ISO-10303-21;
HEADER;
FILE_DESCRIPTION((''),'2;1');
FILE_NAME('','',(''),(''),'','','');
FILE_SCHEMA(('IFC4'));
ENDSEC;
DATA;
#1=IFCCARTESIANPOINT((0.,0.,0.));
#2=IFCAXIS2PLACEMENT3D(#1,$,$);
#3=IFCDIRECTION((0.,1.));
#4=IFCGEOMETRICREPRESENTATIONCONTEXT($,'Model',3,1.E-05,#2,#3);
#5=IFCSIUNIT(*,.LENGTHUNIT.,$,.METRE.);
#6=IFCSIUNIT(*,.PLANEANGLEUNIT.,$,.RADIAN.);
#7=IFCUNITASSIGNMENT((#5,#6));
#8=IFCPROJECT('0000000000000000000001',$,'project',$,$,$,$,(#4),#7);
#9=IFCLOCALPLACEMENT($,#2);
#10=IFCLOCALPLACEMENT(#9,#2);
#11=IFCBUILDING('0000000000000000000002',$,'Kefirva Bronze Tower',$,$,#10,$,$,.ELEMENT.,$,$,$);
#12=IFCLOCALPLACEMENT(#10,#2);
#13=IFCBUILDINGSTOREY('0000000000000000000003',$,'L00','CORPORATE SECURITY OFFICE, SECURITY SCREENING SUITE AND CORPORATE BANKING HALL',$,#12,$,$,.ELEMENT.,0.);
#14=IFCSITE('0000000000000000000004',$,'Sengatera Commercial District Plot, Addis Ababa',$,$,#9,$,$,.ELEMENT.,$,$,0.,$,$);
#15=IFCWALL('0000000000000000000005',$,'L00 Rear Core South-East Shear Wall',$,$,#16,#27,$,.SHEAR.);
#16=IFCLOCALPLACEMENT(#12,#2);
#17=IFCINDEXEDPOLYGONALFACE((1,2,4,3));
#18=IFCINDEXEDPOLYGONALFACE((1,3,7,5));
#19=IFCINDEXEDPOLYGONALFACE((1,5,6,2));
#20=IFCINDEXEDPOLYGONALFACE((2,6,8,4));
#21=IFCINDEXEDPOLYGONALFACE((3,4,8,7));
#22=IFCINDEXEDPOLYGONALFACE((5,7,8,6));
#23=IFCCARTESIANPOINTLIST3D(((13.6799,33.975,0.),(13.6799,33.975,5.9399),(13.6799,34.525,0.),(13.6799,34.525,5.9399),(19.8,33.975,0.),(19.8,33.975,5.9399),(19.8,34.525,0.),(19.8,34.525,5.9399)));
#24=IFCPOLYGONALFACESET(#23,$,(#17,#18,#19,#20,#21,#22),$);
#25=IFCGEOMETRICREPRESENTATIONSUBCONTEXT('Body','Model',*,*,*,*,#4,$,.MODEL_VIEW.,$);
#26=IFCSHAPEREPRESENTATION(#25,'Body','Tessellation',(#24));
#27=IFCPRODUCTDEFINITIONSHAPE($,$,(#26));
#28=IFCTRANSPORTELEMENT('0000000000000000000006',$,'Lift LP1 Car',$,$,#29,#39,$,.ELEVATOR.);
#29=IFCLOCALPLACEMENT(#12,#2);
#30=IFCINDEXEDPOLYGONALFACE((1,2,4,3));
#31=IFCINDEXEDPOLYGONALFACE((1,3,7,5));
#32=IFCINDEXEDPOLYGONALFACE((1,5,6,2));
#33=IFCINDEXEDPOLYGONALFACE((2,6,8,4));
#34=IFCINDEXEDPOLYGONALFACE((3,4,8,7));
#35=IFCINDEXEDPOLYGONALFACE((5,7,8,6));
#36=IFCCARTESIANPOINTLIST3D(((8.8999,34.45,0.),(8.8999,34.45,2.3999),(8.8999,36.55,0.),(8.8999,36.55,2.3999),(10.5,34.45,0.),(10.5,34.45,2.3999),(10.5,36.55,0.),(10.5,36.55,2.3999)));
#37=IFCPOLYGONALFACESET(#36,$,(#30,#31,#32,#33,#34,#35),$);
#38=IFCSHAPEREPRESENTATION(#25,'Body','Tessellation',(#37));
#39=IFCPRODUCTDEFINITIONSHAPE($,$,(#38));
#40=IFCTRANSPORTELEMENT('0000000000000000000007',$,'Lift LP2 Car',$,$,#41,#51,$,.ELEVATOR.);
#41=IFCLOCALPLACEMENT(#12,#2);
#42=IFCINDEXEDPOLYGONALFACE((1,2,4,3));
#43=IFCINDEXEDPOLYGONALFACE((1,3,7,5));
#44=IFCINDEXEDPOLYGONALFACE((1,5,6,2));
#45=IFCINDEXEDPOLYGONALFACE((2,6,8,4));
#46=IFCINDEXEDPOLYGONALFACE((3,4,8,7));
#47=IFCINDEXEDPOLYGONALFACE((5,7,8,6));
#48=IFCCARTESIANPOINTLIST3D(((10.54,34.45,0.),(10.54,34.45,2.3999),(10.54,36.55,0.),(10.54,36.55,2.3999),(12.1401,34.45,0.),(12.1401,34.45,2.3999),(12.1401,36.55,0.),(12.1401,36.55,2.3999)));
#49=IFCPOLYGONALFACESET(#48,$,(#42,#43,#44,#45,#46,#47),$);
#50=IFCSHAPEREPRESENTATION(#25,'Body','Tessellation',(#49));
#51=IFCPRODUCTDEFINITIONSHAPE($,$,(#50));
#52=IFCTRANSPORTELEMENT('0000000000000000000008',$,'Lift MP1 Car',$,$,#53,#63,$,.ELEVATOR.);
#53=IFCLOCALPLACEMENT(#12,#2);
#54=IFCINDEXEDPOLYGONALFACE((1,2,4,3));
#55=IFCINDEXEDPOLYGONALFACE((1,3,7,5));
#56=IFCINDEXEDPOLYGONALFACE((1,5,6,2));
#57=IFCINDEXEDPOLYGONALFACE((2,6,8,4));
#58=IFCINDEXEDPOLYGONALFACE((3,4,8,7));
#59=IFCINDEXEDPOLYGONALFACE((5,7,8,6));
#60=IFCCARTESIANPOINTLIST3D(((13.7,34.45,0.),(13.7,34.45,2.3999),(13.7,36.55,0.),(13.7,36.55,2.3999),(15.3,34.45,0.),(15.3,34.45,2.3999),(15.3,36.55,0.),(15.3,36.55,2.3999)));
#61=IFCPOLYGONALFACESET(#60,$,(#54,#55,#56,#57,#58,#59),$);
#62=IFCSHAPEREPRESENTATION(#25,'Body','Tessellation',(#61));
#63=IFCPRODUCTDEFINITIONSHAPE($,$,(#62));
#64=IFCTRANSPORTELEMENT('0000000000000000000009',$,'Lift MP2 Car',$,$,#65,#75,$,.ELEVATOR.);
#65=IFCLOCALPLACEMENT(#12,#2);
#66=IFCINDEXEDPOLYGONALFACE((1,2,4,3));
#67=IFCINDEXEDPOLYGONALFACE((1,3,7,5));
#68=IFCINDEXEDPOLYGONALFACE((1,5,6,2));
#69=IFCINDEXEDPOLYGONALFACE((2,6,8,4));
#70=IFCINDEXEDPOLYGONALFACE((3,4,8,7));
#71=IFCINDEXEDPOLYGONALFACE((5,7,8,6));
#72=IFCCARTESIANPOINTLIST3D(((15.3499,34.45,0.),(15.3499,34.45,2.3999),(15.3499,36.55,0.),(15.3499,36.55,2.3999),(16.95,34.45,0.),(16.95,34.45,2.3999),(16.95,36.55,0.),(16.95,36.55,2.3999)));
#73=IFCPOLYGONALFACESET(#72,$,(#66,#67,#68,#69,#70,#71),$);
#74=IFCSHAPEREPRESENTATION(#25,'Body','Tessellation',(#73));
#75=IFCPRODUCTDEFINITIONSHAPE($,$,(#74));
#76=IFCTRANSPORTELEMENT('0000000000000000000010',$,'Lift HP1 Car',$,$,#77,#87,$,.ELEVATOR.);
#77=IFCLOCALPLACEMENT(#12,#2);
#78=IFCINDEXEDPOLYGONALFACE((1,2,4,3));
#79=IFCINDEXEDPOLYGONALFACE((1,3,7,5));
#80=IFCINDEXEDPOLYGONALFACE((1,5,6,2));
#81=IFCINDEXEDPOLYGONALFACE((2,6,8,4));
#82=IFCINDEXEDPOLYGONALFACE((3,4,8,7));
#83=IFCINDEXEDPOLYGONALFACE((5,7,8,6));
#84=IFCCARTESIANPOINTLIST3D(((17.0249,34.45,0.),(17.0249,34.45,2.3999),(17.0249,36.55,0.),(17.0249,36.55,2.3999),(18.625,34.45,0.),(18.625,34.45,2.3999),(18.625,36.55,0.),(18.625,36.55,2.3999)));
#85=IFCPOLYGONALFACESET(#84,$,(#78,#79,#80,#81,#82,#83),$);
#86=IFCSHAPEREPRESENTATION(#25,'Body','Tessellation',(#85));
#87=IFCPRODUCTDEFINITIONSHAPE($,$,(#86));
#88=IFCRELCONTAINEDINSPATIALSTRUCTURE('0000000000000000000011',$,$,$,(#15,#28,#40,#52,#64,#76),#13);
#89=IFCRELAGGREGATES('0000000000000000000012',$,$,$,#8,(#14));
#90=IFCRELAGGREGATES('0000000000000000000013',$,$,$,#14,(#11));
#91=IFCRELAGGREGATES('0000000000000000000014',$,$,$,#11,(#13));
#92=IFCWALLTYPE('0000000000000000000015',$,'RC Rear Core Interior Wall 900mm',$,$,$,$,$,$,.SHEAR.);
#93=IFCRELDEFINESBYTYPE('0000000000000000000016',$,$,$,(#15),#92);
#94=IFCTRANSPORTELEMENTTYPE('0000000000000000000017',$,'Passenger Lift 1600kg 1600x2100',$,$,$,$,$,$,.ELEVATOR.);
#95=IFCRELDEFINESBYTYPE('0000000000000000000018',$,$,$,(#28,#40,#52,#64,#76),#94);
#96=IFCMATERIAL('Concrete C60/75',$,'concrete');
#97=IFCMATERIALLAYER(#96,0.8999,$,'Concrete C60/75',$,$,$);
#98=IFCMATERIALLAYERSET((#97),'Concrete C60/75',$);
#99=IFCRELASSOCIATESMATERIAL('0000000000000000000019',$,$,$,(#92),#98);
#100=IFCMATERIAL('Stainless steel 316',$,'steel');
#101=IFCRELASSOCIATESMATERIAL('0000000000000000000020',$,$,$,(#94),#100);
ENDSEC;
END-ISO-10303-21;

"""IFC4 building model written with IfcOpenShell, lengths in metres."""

from ifc_helpers import new_model, si_unit, direction, frame, frame_2d, origin, origin_2d, place, context, subcontext, project, spatial, rectangle, extrude, material, layer, layer_set, type_object, element, save


model = new_model("IFC4")

# Units and contexts
model_context = context("Model", 3, precision=1e-05, world=origin(), true_north=direction((0.0, 1.0)))
body_context = subcontext(model_context, "Body", "Model", "MODEL_VIEW")
ifc_project = project(units=[si_unit("LENGTHUNIT", "METRE"), si_unit("PLANEANGLEUNIT", "RADIAN")], contexts=[model_context])

# Site, building, storey
site_placement = place(None, origin())
site = spatial("IfcSite", under=ifc_project, at=site_placement, Name="Sengatera Commercial District Plot, Addis Ababa", CompositionType="ELEMENT", RefElevation=0.0)
building_placement = place(site_placement, origin())
building = spatial("IfcBuilding", under=site, at=building_placement, Name="Kefirva Bronze Tower", CompositionType="ELEMENT")
storey_placement = place(building_placement, origin())
storey = spatial("IfcBuildingStorey", under=building, at=storey_placement, Name="L00", Description="CORPORATE SECURITY OFFICE, SECURITY SCREENING SUITE AND CORPORATE BANKING HALL", CompositionType="ELEMENT", Elevation=0.0)

# Shared definitions
ifc_material_1 = material(Name="Concrete C60/75", Category="concrete")

# Wall
ifc_layer_1 = layer(ifc_material_1, 0.8999, Name="Concrete C60/75")
ifc_layer_set_1 = layer_set([ifc_layer_1], Name="Concrete C60/75")
wall_type_1 = type_object("IfcWallType", Name="RC Rear Core Interior Wall 900mm", PredefinedType="SHEAR", material=ifc_layer_set_1)
wall_1_placement = place(storey_placement, frame((13.6799, 34.25, 0.0), z_axis=(0.0, 0.0, 1.0), x_axis=(1.0, 0.0, 0.0)))
element("IfcWall", 1, at=wall_1_placement, inside=storey, type_object=wall_type_1, Name="L00 Rear Core South-East Shear Wall", PredefinedType="SHEAR", context=body_context, shape_type="SweptSolid", body=[
    extrude(rectangle(XDim=6.1201, YDim=0.55, at=frame_2d((3.0601, 0.0))), origin(), (0.0, 0.0, 1.0), 5.9399),
])

# Transport elements
ifc_material_2 = material(Name="Stainless steel 316", Category="steel")
transport_element_type = type_object("IfcTransportElementType", Name="Passenger Lift 1600kg 1600x2100", PredefinedType="ELEVATOR", material=ifc_material_2)
for number, where, z_axis, x_axis, name in (
    (2, (9.7, 35.5, 0.0), (0.0, 0.0, 1.0), (1.0, 0.0, 0.0), "Lift LP1 Car"),
    (3, (11.3401, 35.5, 0.0), (0.0, 0.0, 1.0), (1.0, 0.0, 0.0), "Lift LP2 Car"),
    (4, (14.5, 35.5, 0.0), (0.0, 0.0, 1.0), (1.0, 0.0, 0.0), "Lift MP1 Car"),
    (5, (16.1499, 35.5, 0.0), (0.0, 0.0, 1.0), (1.0, 0.0, 0.0), "Lift MP2 Car"),
    (6, (17.825, 35.5, 0.0), (0.0, 0.0, 1.0), (1.0, 0.0, 0.0), "Lift HP1 Car"),
):
    element("IfcTransportElement", number, at=place(storey_placement, frame(where, z_axis=z_axis, x_axis=x_axis)), inside=storey, type_object=transport_element_type, Name=name, PredefinedType="ELEVATOR", context=body_context, shape_type="SweptSolid", body=[
        extrude(rectangle(XDim=1.6001, YDim=2.1001, at=origin_2d()), origin(), (0.0, 0.0, 1.0), 2.3999),
    ])

save(model, "model.ifc")
